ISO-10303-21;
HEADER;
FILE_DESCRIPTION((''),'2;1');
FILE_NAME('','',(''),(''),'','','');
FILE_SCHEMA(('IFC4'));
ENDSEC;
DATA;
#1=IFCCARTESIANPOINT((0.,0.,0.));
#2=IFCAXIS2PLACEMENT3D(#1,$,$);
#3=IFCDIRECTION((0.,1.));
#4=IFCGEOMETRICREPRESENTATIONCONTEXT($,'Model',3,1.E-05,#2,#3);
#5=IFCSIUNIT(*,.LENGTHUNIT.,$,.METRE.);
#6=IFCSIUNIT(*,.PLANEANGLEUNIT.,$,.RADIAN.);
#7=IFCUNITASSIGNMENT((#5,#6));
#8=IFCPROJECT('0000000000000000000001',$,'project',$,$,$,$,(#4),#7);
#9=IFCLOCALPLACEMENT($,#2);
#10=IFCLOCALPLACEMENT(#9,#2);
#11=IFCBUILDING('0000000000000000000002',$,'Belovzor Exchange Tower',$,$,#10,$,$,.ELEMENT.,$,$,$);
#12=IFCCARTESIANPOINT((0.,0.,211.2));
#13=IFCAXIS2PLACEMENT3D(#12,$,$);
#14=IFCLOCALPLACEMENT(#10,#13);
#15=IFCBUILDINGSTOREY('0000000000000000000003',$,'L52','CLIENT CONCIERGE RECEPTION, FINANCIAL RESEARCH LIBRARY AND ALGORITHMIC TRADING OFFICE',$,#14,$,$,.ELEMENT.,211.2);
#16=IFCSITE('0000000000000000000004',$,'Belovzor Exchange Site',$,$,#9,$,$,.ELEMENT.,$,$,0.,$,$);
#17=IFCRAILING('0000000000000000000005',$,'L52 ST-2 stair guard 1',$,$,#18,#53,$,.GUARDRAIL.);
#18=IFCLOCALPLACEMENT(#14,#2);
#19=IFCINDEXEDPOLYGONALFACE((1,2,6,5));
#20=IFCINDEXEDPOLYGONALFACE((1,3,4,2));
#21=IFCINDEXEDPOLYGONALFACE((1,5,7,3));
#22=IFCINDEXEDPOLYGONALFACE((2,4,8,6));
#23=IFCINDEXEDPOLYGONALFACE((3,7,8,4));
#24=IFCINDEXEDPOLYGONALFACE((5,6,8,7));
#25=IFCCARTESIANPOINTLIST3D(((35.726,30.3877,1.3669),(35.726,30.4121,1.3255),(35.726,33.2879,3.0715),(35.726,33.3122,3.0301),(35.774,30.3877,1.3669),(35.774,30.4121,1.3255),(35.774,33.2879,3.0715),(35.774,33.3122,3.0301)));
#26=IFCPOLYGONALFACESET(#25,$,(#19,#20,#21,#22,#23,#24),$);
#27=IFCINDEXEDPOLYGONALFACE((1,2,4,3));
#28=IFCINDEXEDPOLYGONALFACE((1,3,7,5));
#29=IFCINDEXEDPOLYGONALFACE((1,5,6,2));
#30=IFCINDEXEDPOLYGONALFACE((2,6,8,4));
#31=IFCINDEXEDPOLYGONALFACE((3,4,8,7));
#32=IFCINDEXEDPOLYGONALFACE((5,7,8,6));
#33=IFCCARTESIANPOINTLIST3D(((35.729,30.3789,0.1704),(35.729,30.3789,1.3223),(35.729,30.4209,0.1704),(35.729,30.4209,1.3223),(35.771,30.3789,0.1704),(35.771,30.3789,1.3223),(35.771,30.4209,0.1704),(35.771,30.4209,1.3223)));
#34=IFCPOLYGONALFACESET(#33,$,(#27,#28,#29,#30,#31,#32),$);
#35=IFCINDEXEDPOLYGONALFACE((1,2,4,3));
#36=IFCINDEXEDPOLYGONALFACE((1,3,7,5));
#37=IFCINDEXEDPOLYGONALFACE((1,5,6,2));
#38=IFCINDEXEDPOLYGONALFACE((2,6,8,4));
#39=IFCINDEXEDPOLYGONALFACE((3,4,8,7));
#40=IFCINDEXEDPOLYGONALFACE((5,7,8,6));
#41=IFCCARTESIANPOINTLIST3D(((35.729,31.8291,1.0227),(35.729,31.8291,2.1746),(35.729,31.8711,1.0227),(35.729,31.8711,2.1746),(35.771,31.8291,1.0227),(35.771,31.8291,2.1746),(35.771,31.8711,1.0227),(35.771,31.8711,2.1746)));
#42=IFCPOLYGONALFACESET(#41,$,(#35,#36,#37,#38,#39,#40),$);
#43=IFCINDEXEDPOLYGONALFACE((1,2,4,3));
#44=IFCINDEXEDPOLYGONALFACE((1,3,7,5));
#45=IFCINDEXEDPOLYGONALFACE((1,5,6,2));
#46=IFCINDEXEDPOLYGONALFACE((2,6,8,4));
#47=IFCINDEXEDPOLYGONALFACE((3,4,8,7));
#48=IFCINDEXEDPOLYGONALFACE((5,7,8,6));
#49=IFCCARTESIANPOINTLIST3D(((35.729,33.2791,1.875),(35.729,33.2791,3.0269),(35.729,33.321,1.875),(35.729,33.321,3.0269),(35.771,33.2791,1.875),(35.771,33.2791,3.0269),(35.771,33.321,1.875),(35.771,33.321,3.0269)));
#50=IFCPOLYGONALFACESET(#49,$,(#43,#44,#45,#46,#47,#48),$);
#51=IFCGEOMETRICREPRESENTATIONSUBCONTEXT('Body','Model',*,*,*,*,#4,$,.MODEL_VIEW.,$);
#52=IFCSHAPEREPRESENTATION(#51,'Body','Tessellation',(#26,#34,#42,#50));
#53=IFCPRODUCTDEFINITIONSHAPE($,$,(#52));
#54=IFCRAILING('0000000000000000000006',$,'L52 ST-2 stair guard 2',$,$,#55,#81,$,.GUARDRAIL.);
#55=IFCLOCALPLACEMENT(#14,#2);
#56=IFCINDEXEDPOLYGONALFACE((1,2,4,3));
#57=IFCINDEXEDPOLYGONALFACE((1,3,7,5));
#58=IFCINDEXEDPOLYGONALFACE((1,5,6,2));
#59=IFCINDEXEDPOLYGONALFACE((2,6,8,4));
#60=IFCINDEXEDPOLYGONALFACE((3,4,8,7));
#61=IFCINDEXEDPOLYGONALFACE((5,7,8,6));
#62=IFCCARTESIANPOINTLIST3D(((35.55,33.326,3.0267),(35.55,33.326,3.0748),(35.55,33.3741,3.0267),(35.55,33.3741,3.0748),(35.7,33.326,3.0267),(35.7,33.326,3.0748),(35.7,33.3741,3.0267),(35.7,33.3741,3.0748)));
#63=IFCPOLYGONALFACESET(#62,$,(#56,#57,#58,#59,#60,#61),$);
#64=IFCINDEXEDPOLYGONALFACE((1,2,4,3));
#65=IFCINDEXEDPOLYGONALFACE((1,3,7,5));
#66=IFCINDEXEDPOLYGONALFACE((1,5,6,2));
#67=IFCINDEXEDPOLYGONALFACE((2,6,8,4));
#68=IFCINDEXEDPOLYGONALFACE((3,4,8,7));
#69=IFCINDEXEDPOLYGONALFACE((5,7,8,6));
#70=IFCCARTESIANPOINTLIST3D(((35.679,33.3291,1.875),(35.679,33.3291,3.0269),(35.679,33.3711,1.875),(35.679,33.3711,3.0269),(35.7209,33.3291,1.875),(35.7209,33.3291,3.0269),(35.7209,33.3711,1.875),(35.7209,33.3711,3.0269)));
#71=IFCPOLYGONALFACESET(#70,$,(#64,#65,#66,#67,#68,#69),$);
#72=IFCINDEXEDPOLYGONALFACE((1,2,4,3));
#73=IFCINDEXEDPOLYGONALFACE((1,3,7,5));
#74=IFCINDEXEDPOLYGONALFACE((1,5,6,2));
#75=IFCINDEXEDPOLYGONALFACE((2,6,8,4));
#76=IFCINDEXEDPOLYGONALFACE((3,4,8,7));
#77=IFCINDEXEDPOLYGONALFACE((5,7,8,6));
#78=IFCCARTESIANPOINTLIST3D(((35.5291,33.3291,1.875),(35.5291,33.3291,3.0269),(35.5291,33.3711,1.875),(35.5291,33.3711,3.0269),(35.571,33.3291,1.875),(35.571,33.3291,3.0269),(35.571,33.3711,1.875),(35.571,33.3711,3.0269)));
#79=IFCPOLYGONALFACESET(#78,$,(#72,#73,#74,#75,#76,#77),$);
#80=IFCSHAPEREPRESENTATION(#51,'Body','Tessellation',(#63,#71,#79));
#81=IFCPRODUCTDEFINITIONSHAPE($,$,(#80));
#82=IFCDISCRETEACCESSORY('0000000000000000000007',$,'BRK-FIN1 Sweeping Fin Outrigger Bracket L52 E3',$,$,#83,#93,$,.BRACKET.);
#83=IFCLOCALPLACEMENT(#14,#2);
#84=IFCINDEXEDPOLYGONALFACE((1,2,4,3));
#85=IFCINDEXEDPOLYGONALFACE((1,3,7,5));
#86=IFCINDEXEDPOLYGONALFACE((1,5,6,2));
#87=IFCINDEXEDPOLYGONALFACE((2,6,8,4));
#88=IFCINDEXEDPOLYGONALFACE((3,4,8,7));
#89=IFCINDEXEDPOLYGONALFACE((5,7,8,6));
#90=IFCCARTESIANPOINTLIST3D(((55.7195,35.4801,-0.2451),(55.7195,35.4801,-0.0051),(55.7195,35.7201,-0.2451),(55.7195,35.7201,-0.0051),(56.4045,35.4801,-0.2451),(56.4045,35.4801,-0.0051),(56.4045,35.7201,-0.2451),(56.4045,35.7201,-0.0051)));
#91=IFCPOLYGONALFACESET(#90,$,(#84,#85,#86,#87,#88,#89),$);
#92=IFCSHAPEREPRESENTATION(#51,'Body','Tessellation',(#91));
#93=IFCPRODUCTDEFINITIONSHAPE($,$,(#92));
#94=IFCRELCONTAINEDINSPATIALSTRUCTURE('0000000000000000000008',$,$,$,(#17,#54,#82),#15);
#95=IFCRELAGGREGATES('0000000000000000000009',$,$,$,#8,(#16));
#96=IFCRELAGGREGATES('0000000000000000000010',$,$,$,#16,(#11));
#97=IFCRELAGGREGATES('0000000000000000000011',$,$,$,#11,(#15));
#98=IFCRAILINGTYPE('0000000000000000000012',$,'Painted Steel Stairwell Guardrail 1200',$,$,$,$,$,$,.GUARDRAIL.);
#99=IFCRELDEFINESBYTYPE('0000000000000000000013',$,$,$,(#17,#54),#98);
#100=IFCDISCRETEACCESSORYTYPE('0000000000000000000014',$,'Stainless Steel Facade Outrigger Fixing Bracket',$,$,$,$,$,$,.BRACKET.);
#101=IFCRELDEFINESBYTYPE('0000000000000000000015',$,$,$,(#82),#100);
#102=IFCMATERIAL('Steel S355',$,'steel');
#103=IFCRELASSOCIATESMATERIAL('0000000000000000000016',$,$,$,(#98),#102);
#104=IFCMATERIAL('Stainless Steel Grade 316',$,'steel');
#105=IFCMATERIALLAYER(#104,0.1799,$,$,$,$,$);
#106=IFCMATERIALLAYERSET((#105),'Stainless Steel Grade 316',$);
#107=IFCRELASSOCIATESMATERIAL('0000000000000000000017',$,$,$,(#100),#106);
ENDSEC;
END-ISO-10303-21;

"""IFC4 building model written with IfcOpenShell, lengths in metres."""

from ifc_helpers import new_model, si_unit, direction, frame, origin, origin_2d, place, context, subcontext, project, spatial, rectangle, extrude, material, layer, layer_set, type_object, element, save


model = new_model("IFC4")

# Units and contexts
model_context = context("Model", 3, precision=1e-05, world=origin(), true_north=direction((0.0, 1.0)))
body_context = subcontext(model_context, "Body", "Model", "MODEL_VIEW")
ifc_project = project(units=[si_unit("LENGTHUNIT", "METRE"), si_unit("PLANEANGLEUNIT", "RADIAN")], contexts=[model_context])

# Site, building, storey
site_placement = place(None, origin())
site = spatial("IfcSite", under=ifc_project, at=site_placement, Name="Belovzor Exchange Site", CompositionType="ELEMENT", RefElevation=0.0)
building_placement = place(site_placement, origin())
building = spatial("IfcBuilding", under=site, at=building_placement, Name="Belovzor Exchange Tower", CompositionType="ELEMENT")
storey_placement = place(building_placement, frame((0.0, 0.0, 211.2)))
storey = spatial("IfcBuildingStorey", under=building, at=storey_placement, Name="L52", Description="CLIENT CONCIERGE RECEPTION, FINANCIAL RESEARCH LIBRARY AND ALGORITHMIC TRADING OFFICE", CompositionType="ELEMENT", Elevation=211.2)

# Railings
ifc_material_1 = material(Name="Steel S355", Category="steel")
railing_type_1 = type_object("IfcRailingType", Name="Painted Steel Stairwell Guardrail 1200", PredefinedType="GUARDRAIL", material=ifc_material_1)
railing_1_placement = place(storey_placement, frame((35.75, 30.3999, 0.1704)))
element("IfcRailing", 1, at=railing_1_placement, inside=storey, type_object=railing_type_1, Name="L52 ST-2 stair guard 1", PredefinedType="GUARDRAIL", context=body_context, shape_type="SweptSolid", body=[
    extrude(rectangle(XDim=0.0481, YDim=0.0481, at=origin_2d()), frame((0.0, 0.0, 1.1758), z_axis=(0.0, 0.862113, 0.506716), x_axis=(-1.0, 0.0, 0.0)), (0.0, 0.0, 1.0), 3.364),
    extrude(rectangle(XDim=0.042, YDim=0.042, at=origin_2d()), origin(), (0.0, 0.0, 1.0), 1.1519),
    extrude(rectangle(XDim=0.042, YDim=0.042, at=origin_2d()), frame((0.0, 1.4502, 0.8523)), (0.0, 0.0, 1.0), 1.1519),
    extrude(rectangle(XDim=0.042, YDim=0.042, at=origin_2d()), frame((0.0, 2.9001, 1.7046)), (0.0, 0.0, 1.0), 1.1519),
])
railing_2_placement = place(storey_placement, frame((35.7, 33.3501, 1.875)))
element("IfcRailing", 2, at=railing_2_placement, inside=storey, type_object=railing_type_1, Name="L52 ST-2 stair guard 2", PredefinedType="GUARDRAIL", context=body_context, shape_type="SweptSolid", body=[
    extrude(rectangle(XDim=0.0481, YDim=0.0481, at=origin_2d()), frame((0.0, 0.0, 1.1758), z_axis=(-1.0, 0.0, 0.0), x_axis=(0.0, -1.0, 0.0)), (0.0, 0.0, 1.0), 0.1499),
    extrude(rectangle(XDim=0.042, YDim=0.042, at=origin_2d()), origin(), (0.0, 0.0, 1.0), 1.1519),
    extrude(rectangle(XDim=0.042, YDim=0.042, at=origin_2d()), frame((-0.1499, 0.0, 0.0)), (0.0, 0.0, 1.0), 1.1519),
])

# Discrete accessory
ifc_material_2 = material(Name="Stainless Steel Grade 316", Category="steel")
ifc_layer_1 = layer(ifc_material_2, 0.1799)
ifc_layer_set_1 = layer_set([ifc_layer_1], Name="Stainless Steel Grade 316")
discrete_accessory_type = type_object("IfcDiscreteAccessoryType", Name="Stainless Steel Facade Outrigger Fixing Bracket", PredefinedType="BRACKET", material=ifc_layer_set_1)
discrete_accessory_placement = place(storey_placement, frame((56.062, 35.6001, -0.2451), z_axis=(0.0, 0.0, 1.0), x_axis=(1.0, 0.0, 0.0)))
element("IfcDiscreteAccessory", 3, at=discrete_accessory_placement, inside=storey, type_object=discrete_accessory_type, Name="BRK-FIN1 Sweeping Fin Outrigger Bracket L52 E3", PredefinedType="BRACKET", context=body_context, shape_type="SweptSolid", body=[
    extrude(rectangle(XDim=0.6851, YDim=0.24, at=origin_2d()), origin(), (0.0, 0.0, 1.0), 0.24),
])

save(model, "model.ifc")
